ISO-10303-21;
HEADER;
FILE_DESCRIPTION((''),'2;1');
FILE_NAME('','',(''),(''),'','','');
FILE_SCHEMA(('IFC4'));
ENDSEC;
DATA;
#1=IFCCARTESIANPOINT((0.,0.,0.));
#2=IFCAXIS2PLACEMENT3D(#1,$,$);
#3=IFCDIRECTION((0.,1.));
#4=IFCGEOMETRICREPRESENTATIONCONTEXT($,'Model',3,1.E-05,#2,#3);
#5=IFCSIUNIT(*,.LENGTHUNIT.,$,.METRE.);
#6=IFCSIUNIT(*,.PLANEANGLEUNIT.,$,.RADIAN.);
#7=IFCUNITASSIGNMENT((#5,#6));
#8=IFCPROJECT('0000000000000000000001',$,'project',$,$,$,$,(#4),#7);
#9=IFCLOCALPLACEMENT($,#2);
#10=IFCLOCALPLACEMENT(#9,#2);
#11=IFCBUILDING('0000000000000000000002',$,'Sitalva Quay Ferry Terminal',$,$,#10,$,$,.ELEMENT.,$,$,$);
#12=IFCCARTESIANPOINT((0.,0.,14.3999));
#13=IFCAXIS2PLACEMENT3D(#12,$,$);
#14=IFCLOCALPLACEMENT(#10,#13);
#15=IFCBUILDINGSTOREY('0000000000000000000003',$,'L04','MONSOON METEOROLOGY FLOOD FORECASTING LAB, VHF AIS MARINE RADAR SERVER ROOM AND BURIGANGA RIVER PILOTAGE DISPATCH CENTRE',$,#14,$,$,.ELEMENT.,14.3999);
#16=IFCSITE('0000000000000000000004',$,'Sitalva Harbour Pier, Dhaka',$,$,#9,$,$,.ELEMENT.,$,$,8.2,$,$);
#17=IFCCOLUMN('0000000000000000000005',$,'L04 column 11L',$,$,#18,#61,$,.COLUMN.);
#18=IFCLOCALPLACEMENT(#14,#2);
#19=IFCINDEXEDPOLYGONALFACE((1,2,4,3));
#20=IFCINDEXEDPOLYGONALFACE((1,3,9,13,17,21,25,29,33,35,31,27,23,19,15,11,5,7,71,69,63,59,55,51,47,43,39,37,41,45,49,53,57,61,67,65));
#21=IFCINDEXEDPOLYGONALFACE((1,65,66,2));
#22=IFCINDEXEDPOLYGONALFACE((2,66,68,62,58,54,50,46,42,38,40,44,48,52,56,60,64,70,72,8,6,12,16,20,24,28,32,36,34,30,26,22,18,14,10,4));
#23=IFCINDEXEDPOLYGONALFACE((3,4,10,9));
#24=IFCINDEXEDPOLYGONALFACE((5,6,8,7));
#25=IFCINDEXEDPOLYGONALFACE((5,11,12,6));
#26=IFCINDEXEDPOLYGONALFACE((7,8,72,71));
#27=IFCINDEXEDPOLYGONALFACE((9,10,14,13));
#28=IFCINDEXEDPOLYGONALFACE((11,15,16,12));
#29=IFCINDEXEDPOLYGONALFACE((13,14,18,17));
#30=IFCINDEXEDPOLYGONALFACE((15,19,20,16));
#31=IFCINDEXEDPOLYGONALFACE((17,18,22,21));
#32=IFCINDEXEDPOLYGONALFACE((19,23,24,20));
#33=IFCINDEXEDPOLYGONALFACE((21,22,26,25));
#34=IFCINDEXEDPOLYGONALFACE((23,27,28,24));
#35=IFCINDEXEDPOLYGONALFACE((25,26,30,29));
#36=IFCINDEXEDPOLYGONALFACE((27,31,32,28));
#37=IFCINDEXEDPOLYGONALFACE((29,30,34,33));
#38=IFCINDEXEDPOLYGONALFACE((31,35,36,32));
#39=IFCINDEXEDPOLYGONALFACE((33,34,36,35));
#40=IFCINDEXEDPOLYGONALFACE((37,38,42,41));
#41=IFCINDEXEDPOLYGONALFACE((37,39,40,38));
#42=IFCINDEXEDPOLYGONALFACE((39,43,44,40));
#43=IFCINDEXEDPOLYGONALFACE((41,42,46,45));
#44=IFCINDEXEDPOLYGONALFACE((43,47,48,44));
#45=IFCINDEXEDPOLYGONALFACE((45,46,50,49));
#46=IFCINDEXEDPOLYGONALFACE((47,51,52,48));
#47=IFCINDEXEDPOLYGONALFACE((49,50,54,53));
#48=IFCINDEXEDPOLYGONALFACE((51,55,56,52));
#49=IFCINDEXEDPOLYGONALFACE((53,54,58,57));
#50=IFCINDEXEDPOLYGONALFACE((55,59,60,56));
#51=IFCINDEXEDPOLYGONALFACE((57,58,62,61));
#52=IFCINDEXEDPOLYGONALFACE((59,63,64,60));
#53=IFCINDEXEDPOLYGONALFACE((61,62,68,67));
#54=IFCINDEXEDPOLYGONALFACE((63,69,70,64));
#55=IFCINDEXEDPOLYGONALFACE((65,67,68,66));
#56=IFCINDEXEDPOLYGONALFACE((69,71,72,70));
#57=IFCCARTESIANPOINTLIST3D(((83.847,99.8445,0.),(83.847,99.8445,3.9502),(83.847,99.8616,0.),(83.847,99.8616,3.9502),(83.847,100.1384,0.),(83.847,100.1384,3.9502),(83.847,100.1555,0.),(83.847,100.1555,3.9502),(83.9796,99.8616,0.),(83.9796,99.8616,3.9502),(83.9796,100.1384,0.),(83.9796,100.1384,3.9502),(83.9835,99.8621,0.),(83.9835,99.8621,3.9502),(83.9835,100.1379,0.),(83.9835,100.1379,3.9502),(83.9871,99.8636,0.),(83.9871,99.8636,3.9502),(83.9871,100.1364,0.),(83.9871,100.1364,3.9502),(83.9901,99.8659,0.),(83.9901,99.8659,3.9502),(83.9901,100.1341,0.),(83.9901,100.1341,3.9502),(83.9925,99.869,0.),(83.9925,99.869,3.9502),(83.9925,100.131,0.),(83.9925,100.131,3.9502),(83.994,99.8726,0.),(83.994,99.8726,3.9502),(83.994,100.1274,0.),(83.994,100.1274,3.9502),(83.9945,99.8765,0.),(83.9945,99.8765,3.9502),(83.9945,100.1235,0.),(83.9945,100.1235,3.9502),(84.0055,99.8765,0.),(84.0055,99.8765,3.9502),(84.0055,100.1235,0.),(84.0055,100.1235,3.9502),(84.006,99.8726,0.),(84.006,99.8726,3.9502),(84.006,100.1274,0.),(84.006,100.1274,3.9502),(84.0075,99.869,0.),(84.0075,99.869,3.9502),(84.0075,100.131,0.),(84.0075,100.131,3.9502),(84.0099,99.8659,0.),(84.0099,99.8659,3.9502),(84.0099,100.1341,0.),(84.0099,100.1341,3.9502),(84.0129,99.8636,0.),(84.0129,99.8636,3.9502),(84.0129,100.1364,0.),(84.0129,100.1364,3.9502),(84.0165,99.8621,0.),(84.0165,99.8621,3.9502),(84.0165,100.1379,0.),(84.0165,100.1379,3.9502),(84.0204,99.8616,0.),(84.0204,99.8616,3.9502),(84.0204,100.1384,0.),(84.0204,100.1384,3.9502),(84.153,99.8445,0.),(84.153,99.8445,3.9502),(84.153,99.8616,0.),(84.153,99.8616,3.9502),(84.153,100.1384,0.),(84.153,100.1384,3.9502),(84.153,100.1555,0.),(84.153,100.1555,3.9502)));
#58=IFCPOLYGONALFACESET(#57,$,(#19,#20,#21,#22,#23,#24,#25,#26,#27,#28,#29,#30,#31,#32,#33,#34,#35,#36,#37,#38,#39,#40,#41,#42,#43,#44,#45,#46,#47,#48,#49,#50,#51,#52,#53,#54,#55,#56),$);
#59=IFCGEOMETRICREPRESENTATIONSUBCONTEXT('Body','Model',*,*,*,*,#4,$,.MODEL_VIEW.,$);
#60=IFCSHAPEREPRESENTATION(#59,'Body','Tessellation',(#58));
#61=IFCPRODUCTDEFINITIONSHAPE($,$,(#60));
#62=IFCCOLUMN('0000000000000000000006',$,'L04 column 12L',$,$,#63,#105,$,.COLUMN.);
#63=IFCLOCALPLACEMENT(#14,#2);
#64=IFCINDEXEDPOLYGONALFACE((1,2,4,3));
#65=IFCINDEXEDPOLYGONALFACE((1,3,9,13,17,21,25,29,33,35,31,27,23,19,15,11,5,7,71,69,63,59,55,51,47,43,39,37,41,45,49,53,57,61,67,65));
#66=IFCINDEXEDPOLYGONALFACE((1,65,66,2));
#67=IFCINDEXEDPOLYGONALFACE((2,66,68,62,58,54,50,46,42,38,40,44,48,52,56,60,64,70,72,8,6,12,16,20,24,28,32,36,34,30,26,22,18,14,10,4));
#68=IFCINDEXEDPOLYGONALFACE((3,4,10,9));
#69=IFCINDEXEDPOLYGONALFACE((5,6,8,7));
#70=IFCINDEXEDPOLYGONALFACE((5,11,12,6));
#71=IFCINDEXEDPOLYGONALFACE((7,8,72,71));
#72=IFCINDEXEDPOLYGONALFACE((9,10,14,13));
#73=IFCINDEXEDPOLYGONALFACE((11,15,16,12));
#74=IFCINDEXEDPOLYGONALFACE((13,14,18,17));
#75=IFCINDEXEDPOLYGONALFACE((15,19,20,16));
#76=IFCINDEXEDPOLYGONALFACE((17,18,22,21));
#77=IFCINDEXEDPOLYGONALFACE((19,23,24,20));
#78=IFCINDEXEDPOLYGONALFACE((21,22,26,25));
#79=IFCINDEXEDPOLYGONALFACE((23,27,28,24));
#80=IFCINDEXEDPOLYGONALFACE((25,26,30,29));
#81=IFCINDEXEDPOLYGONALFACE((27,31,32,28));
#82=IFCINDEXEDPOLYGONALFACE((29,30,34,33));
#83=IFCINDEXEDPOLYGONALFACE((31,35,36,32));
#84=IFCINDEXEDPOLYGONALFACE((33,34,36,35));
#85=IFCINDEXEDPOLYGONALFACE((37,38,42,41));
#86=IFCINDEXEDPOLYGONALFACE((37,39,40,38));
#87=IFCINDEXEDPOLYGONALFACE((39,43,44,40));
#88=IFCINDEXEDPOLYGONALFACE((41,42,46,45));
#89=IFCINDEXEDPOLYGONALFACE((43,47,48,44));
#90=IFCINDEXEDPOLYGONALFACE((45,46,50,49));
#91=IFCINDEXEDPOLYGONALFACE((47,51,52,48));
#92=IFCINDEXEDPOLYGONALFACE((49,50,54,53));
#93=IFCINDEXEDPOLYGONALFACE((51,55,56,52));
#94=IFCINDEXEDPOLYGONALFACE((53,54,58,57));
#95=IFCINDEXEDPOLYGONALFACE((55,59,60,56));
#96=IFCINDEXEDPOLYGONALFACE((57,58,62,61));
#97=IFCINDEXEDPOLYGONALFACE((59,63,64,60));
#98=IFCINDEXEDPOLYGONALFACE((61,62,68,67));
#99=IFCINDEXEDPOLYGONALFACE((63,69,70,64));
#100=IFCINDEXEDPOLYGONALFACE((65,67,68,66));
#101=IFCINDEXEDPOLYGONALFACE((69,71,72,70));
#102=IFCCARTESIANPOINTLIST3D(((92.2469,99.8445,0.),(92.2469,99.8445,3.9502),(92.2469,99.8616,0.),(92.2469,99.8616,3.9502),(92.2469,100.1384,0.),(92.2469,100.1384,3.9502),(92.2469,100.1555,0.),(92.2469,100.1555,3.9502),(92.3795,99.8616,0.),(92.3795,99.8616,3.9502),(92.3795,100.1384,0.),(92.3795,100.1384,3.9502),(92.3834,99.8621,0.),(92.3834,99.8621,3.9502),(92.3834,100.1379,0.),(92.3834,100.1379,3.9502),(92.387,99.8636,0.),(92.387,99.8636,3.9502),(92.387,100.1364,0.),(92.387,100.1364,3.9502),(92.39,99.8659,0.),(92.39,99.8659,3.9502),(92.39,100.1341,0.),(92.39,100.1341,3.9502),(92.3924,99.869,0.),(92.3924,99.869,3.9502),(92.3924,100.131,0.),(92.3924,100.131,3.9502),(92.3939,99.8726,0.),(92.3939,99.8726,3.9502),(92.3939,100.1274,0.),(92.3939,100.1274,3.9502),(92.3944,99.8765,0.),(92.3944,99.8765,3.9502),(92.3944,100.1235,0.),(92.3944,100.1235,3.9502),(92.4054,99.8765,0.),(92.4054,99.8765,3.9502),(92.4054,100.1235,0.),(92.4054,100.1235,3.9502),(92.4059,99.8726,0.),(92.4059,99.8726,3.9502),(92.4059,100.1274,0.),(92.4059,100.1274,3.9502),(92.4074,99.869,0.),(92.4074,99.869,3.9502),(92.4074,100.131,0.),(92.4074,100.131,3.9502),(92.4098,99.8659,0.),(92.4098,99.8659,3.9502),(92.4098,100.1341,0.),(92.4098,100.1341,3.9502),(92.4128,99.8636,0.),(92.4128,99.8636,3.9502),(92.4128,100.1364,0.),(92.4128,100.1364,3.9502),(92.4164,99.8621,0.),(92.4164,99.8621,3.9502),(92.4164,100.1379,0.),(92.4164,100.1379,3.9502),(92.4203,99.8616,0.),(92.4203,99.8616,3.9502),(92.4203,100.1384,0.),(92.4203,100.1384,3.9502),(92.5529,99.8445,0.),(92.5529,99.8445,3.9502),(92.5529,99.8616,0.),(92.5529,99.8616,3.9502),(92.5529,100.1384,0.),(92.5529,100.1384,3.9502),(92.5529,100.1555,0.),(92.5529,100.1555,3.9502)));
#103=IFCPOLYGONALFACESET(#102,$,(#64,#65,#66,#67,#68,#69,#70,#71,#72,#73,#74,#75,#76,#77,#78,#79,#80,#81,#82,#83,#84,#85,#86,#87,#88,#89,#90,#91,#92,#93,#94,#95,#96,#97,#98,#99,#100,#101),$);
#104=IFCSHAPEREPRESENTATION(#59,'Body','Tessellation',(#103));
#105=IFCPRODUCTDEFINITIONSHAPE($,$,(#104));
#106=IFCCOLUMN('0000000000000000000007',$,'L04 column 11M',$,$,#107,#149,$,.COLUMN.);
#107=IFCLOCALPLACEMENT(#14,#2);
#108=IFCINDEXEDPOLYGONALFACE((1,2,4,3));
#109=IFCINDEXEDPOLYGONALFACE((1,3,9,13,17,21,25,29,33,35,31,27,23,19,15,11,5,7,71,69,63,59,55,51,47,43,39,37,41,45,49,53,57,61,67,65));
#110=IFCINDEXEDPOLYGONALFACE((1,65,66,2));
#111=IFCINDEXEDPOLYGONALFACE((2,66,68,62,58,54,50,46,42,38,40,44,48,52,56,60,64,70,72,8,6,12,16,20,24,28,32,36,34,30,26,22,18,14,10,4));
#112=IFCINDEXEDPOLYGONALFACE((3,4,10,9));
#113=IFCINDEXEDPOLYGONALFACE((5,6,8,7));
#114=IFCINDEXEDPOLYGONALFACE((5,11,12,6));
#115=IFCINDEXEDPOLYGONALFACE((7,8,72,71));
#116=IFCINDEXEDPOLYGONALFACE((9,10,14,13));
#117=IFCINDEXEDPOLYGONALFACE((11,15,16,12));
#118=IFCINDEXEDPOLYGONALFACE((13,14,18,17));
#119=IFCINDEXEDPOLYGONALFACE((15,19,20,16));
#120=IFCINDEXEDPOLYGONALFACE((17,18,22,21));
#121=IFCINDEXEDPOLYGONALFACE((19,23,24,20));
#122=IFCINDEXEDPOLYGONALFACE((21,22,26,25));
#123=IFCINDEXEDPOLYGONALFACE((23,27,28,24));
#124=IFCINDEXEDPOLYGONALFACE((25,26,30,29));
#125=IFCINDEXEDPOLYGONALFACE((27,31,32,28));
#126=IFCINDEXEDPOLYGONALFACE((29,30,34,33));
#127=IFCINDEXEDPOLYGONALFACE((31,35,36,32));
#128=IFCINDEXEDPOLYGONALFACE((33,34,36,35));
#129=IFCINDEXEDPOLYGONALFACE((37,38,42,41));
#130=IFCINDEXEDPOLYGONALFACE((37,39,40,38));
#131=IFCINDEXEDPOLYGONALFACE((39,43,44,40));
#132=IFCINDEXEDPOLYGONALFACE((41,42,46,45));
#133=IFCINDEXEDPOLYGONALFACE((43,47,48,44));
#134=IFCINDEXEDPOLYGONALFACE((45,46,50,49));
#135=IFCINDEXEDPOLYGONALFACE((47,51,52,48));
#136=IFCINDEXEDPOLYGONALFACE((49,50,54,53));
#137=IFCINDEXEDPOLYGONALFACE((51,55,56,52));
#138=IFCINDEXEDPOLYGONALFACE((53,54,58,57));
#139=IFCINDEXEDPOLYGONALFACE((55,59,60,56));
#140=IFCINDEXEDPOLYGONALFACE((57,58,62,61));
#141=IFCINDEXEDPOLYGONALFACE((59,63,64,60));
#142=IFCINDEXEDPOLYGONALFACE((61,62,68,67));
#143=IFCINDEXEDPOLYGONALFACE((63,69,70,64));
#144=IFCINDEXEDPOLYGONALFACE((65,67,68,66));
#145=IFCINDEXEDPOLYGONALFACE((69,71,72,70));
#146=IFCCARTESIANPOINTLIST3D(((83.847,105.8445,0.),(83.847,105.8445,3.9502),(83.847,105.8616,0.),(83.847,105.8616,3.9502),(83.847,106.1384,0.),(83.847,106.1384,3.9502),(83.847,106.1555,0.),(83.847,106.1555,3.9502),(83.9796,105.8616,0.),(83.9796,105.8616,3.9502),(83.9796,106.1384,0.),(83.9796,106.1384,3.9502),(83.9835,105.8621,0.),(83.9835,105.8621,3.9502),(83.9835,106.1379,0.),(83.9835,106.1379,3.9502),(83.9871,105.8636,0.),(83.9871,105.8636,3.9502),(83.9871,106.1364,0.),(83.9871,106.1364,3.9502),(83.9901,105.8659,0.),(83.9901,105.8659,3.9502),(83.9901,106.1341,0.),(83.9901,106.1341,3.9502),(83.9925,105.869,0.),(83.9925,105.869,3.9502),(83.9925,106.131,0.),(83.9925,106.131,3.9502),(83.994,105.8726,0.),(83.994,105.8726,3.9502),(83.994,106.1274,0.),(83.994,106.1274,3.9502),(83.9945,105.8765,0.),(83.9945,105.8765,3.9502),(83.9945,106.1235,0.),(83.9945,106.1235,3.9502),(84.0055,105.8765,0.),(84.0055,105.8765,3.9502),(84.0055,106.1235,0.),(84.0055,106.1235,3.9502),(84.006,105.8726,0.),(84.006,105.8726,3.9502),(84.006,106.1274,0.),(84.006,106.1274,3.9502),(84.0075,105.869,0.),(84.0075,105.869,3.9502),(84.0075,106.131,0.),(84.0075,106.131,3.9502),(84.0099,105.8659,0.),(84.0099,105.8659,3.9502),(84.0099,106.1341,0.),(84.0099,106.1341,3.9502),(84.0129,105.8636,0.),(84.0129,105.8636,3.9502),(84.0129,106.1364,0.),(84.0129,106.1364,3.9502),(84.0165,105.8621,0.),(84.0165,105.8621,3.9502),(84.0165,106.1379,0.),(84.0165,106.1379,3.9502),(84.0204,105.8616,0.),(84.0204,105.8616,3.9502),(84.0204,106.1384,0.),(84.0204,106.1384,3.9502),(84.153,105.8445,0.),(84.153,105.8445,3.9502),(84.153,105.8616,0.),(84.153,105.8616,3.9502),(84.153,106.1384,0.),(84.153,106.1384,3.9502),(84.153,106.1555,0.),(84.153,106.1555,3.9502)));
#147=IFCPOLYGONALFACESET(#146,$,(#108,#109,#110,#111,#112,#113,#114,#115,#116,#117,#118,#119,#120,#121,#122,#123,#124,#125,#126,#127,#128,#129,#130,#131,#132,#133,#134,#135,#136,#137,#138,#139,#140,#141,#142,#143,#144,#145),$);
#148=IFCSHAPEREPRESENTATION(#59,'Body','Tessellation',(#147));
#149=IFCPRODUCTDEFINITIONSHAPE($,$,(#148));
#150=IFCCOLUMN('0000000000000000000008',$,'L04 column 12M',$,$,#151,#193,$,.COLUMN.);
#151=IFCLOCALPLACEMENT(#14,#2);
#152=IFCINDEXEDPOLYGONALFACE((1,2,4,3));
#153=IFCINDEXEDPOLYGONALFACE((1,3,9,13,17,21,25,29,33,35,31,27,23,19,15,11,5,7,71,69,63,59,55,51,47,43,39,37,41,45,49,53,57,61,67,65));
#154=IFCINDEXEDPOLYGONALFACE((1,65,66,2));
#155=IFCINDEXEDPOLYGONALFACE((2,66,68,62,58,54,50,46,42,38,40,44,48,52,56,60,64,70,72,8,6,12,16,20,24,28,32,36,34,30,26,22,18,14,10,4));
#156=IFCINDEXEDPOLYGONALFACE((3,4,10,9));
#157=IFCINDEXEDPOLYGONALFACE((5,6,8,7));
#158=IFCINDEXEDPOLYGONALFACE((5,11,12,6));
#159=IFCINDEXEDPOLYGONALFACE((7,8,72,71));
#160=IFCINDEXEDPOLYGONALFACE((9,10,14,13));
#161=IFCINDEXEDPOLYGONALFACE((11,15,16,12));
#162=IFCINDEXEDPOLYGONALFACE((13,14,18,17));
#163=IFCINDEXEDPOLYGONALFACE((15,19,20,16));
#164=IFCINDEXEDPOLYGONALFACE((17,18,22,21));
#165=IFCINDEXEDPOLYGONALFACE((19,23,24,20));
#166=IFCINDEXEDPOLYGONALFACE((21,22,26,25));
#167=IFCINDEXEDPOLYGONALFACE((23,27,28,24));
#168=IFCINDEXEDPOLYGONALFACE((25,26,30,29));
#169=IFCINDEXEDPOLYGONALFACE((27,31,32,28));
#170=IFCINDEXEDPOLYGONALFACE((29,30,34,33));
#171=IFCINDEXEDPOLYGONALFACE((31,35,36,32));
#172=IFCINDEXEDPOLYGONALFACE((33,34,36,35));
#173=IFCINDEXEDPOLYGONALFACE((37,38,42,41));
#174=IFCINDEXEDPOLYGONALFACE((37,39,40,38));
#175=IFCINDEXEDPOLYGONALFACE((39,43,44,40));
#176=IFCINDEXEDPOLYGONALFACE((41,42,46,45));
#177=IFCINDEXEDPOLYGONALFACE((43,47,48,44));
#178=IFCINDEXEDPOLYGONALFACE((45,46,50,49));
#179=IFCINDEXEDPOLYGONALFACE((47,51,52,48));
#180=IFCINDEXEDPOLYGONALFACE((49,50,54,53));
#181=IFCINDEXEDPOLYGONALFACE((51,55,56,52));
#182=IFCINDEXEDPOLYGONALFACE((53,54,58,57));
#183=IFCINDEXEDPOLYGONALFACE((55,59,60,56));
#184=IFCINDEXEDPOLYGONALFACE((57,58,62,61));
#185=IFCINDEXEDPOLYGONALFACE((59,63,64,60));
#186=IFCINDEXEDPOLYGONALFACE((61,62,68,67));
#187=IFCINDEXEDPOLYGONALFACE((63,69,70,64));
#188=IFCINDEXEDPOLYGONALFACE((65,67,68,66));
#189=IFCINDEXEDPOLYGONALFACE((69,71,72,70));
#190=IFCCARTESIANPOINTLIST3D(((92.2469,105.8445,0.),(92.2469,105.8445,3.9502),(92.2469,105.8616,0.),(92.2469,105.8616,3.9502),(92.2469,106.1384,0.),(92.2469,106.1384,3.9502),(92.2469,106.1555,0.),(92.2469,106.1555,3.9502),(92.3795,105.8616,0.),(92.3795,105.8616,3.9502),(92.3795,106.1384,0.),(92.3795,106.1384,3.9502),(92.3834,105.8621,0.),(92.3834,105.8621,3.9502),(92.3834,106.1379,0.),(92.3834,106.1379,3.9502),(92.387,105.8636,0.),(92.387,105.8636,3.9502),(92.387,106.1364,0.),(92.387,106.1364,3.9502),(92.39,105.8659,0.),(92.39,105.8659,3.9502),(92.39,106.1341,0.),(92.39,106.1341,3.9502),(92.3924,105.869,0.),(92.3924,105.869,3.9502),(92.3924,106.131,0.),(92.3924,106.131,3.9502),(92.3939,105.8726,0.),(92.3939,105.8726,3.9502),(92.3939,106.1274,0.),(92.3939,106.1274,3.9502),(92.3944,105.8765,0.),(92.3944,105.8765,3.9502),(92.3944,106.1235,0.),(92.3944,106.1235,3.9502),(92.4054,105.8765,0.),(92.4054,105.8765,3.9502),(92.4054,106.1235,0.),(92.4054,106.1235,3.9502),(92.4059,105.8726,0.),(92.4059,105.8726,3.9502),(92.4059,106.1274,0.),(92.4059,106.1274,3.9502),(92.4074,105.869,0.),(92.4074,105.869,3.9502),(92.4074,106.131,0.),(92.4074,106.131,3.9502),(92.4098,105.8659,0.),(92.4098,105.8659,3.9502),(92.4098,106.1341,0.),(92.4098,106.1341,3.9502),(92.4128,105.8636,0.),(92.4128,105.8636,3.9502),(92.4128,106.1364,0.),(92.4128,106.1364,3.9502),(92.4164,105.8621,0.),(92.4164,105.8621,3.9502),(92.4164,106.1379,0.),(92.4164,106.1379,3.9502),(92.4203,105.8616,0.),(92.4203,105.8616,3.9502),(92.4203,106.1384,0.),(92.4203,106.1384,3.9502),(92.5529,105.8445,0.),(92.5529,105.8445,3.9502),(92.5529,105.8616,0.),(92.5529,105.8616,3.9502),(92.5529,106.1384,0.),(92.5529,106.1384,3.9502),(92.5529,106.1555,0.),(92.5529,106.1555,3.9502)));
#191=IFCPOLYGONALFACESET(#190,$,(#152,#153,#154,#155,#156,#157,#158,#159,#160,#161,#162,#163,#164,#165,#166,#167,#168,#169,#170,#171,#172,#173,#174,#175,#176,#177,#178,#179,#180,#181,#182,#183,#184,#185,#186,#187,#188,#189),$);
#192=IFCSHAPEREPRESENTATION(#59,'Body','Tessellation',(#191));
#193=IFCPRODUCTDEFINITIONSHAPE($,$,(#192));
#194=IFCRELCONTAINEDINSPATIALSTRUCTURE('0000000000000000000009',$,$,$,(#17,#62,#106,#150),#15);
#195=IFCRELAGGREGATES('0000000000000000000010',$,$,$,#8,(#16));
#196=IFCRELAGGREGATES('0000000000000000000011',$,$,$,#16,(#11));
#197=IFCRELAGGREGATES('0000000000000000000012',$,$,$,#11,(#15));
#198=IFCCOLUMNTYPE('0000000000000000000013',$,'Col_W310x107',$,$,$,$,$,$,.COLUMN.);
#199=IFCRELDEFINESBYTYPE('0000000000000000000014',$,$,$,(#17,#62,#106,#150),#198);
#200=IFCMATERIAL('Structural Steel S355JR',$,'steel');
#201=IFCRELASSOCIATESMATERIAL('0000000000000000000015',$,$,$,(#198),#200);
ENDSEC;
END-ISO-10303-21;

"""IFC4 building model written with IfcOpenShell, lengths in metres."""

from ifc_helpers import new_model, si_unit, direction, frame, origin, origin_2d, place, context, subcontext, project, spatial, i_section, extrude, material, material_profile, profile_set, type_object, element, save


model = new_model("IFC4")

# Units and contexts
model_context = context("Model", 3, precision=1e-05, world=origin(), true_north=direction((0.0, 1.0)))
body_context = subcontext(model_context, "Body", "Model", "MODEL_VIEW")
ifc_project = project(units=[si_unit("LENGTHUNIT", "METRE"), si_unit("PLANEANGLEUNIT", "RADIAN")], contexts=[model_context])

# Site, building, storey
site_placement = place(None, origin())
site = spatial("IfcSite", under=ifc_project, at=site_placement, Name="Sitalva Harbour Pier, Dhaka", CompositionType="ELEMENT", RefElevation=8.2)
building_placement = place(site_placement, origin())
building = spatial("IfcBuilding", under=site, at=building_placement, Name="Sitalva Quay Ferry Terminal", CompositionType="ELEMENT")
storey_placement = place(building_placement, frame((0.0, 0.0, 14.3999)))
storey = spatial("IfcBuildingStorey", under=building, at=storey_placement, Name="L04", Description="MONSOON METEOROLOGY FLOOD FORECASTING LAB, VHF AIS MARINE RADAR SERVER ROOM AND BURIGANGA RIVER PILOTAGE DISPATCH CENTRE", CompositionType="ELEMENT", Elevation=14.3999)

# Columns
ifc_material_1 = material(Name="Structural Steel S355JR", Category="steel")
ifc_material_profile_1 = material_profile(ifc_material_1, i_section(OverallWidth=0.3059, OverallDepth=0.311, WebThickness=0.011, FlangeThickness=0.0171, FilletRadius=0.0149, at=origin_2d()), Name="W310x107")
ifc_profile_set_1 = profile_set([ifc_material_profile_1], Name="Structural Steel S355JR")
column_type = type_object("IfcColumnType", Name="Col_W310x107", PredefinedType="COLUMN", material=ifc_profile_set_1)
for number, where, z_axis, x_axis, name in (
    (1, (84.0, 100.0, 0.0), (0.0, 0.0, 1.0), (1.0, 0.0, 0.0), "L04 column 11L"),
    (2, (92.3999, 100.0, 0.0), (0.0, 0.0, 1.0), (1.0, 0.0, 0.0), "L04 column 12L"),
    (3, (84.0, 106.0, 0.0), (0.0, 0.0, 1.0), (1.0, 0.0, 0.0), "L04 column 11M"),
    (4, (92.3999, 106.0, 0.0), (0.0, 0.0, 1.0), (1.0, 0.0, 0.0), "L04 column 12M"),
):
    element("IfcColumn", number, at=place(storey_placement, frame(where, z_axis=z_axis, x_axis=x_axis)), inside=storey, type_object=column_type, Name=name, PredefinedType="COLUMN", context=body_context, shape_type="SweptSolid", body=[
        extrude(i_section(OverallWidth=0.3059, OverallDepth=0.311, WebThickness=0.011, FlangeThickness=0.0171, FilletRadius=0.0149, at=origin_2d()), origin(), (0.0, 0.0, 1.0), 3.9502),
    ])

save(model, "model.ifc")
